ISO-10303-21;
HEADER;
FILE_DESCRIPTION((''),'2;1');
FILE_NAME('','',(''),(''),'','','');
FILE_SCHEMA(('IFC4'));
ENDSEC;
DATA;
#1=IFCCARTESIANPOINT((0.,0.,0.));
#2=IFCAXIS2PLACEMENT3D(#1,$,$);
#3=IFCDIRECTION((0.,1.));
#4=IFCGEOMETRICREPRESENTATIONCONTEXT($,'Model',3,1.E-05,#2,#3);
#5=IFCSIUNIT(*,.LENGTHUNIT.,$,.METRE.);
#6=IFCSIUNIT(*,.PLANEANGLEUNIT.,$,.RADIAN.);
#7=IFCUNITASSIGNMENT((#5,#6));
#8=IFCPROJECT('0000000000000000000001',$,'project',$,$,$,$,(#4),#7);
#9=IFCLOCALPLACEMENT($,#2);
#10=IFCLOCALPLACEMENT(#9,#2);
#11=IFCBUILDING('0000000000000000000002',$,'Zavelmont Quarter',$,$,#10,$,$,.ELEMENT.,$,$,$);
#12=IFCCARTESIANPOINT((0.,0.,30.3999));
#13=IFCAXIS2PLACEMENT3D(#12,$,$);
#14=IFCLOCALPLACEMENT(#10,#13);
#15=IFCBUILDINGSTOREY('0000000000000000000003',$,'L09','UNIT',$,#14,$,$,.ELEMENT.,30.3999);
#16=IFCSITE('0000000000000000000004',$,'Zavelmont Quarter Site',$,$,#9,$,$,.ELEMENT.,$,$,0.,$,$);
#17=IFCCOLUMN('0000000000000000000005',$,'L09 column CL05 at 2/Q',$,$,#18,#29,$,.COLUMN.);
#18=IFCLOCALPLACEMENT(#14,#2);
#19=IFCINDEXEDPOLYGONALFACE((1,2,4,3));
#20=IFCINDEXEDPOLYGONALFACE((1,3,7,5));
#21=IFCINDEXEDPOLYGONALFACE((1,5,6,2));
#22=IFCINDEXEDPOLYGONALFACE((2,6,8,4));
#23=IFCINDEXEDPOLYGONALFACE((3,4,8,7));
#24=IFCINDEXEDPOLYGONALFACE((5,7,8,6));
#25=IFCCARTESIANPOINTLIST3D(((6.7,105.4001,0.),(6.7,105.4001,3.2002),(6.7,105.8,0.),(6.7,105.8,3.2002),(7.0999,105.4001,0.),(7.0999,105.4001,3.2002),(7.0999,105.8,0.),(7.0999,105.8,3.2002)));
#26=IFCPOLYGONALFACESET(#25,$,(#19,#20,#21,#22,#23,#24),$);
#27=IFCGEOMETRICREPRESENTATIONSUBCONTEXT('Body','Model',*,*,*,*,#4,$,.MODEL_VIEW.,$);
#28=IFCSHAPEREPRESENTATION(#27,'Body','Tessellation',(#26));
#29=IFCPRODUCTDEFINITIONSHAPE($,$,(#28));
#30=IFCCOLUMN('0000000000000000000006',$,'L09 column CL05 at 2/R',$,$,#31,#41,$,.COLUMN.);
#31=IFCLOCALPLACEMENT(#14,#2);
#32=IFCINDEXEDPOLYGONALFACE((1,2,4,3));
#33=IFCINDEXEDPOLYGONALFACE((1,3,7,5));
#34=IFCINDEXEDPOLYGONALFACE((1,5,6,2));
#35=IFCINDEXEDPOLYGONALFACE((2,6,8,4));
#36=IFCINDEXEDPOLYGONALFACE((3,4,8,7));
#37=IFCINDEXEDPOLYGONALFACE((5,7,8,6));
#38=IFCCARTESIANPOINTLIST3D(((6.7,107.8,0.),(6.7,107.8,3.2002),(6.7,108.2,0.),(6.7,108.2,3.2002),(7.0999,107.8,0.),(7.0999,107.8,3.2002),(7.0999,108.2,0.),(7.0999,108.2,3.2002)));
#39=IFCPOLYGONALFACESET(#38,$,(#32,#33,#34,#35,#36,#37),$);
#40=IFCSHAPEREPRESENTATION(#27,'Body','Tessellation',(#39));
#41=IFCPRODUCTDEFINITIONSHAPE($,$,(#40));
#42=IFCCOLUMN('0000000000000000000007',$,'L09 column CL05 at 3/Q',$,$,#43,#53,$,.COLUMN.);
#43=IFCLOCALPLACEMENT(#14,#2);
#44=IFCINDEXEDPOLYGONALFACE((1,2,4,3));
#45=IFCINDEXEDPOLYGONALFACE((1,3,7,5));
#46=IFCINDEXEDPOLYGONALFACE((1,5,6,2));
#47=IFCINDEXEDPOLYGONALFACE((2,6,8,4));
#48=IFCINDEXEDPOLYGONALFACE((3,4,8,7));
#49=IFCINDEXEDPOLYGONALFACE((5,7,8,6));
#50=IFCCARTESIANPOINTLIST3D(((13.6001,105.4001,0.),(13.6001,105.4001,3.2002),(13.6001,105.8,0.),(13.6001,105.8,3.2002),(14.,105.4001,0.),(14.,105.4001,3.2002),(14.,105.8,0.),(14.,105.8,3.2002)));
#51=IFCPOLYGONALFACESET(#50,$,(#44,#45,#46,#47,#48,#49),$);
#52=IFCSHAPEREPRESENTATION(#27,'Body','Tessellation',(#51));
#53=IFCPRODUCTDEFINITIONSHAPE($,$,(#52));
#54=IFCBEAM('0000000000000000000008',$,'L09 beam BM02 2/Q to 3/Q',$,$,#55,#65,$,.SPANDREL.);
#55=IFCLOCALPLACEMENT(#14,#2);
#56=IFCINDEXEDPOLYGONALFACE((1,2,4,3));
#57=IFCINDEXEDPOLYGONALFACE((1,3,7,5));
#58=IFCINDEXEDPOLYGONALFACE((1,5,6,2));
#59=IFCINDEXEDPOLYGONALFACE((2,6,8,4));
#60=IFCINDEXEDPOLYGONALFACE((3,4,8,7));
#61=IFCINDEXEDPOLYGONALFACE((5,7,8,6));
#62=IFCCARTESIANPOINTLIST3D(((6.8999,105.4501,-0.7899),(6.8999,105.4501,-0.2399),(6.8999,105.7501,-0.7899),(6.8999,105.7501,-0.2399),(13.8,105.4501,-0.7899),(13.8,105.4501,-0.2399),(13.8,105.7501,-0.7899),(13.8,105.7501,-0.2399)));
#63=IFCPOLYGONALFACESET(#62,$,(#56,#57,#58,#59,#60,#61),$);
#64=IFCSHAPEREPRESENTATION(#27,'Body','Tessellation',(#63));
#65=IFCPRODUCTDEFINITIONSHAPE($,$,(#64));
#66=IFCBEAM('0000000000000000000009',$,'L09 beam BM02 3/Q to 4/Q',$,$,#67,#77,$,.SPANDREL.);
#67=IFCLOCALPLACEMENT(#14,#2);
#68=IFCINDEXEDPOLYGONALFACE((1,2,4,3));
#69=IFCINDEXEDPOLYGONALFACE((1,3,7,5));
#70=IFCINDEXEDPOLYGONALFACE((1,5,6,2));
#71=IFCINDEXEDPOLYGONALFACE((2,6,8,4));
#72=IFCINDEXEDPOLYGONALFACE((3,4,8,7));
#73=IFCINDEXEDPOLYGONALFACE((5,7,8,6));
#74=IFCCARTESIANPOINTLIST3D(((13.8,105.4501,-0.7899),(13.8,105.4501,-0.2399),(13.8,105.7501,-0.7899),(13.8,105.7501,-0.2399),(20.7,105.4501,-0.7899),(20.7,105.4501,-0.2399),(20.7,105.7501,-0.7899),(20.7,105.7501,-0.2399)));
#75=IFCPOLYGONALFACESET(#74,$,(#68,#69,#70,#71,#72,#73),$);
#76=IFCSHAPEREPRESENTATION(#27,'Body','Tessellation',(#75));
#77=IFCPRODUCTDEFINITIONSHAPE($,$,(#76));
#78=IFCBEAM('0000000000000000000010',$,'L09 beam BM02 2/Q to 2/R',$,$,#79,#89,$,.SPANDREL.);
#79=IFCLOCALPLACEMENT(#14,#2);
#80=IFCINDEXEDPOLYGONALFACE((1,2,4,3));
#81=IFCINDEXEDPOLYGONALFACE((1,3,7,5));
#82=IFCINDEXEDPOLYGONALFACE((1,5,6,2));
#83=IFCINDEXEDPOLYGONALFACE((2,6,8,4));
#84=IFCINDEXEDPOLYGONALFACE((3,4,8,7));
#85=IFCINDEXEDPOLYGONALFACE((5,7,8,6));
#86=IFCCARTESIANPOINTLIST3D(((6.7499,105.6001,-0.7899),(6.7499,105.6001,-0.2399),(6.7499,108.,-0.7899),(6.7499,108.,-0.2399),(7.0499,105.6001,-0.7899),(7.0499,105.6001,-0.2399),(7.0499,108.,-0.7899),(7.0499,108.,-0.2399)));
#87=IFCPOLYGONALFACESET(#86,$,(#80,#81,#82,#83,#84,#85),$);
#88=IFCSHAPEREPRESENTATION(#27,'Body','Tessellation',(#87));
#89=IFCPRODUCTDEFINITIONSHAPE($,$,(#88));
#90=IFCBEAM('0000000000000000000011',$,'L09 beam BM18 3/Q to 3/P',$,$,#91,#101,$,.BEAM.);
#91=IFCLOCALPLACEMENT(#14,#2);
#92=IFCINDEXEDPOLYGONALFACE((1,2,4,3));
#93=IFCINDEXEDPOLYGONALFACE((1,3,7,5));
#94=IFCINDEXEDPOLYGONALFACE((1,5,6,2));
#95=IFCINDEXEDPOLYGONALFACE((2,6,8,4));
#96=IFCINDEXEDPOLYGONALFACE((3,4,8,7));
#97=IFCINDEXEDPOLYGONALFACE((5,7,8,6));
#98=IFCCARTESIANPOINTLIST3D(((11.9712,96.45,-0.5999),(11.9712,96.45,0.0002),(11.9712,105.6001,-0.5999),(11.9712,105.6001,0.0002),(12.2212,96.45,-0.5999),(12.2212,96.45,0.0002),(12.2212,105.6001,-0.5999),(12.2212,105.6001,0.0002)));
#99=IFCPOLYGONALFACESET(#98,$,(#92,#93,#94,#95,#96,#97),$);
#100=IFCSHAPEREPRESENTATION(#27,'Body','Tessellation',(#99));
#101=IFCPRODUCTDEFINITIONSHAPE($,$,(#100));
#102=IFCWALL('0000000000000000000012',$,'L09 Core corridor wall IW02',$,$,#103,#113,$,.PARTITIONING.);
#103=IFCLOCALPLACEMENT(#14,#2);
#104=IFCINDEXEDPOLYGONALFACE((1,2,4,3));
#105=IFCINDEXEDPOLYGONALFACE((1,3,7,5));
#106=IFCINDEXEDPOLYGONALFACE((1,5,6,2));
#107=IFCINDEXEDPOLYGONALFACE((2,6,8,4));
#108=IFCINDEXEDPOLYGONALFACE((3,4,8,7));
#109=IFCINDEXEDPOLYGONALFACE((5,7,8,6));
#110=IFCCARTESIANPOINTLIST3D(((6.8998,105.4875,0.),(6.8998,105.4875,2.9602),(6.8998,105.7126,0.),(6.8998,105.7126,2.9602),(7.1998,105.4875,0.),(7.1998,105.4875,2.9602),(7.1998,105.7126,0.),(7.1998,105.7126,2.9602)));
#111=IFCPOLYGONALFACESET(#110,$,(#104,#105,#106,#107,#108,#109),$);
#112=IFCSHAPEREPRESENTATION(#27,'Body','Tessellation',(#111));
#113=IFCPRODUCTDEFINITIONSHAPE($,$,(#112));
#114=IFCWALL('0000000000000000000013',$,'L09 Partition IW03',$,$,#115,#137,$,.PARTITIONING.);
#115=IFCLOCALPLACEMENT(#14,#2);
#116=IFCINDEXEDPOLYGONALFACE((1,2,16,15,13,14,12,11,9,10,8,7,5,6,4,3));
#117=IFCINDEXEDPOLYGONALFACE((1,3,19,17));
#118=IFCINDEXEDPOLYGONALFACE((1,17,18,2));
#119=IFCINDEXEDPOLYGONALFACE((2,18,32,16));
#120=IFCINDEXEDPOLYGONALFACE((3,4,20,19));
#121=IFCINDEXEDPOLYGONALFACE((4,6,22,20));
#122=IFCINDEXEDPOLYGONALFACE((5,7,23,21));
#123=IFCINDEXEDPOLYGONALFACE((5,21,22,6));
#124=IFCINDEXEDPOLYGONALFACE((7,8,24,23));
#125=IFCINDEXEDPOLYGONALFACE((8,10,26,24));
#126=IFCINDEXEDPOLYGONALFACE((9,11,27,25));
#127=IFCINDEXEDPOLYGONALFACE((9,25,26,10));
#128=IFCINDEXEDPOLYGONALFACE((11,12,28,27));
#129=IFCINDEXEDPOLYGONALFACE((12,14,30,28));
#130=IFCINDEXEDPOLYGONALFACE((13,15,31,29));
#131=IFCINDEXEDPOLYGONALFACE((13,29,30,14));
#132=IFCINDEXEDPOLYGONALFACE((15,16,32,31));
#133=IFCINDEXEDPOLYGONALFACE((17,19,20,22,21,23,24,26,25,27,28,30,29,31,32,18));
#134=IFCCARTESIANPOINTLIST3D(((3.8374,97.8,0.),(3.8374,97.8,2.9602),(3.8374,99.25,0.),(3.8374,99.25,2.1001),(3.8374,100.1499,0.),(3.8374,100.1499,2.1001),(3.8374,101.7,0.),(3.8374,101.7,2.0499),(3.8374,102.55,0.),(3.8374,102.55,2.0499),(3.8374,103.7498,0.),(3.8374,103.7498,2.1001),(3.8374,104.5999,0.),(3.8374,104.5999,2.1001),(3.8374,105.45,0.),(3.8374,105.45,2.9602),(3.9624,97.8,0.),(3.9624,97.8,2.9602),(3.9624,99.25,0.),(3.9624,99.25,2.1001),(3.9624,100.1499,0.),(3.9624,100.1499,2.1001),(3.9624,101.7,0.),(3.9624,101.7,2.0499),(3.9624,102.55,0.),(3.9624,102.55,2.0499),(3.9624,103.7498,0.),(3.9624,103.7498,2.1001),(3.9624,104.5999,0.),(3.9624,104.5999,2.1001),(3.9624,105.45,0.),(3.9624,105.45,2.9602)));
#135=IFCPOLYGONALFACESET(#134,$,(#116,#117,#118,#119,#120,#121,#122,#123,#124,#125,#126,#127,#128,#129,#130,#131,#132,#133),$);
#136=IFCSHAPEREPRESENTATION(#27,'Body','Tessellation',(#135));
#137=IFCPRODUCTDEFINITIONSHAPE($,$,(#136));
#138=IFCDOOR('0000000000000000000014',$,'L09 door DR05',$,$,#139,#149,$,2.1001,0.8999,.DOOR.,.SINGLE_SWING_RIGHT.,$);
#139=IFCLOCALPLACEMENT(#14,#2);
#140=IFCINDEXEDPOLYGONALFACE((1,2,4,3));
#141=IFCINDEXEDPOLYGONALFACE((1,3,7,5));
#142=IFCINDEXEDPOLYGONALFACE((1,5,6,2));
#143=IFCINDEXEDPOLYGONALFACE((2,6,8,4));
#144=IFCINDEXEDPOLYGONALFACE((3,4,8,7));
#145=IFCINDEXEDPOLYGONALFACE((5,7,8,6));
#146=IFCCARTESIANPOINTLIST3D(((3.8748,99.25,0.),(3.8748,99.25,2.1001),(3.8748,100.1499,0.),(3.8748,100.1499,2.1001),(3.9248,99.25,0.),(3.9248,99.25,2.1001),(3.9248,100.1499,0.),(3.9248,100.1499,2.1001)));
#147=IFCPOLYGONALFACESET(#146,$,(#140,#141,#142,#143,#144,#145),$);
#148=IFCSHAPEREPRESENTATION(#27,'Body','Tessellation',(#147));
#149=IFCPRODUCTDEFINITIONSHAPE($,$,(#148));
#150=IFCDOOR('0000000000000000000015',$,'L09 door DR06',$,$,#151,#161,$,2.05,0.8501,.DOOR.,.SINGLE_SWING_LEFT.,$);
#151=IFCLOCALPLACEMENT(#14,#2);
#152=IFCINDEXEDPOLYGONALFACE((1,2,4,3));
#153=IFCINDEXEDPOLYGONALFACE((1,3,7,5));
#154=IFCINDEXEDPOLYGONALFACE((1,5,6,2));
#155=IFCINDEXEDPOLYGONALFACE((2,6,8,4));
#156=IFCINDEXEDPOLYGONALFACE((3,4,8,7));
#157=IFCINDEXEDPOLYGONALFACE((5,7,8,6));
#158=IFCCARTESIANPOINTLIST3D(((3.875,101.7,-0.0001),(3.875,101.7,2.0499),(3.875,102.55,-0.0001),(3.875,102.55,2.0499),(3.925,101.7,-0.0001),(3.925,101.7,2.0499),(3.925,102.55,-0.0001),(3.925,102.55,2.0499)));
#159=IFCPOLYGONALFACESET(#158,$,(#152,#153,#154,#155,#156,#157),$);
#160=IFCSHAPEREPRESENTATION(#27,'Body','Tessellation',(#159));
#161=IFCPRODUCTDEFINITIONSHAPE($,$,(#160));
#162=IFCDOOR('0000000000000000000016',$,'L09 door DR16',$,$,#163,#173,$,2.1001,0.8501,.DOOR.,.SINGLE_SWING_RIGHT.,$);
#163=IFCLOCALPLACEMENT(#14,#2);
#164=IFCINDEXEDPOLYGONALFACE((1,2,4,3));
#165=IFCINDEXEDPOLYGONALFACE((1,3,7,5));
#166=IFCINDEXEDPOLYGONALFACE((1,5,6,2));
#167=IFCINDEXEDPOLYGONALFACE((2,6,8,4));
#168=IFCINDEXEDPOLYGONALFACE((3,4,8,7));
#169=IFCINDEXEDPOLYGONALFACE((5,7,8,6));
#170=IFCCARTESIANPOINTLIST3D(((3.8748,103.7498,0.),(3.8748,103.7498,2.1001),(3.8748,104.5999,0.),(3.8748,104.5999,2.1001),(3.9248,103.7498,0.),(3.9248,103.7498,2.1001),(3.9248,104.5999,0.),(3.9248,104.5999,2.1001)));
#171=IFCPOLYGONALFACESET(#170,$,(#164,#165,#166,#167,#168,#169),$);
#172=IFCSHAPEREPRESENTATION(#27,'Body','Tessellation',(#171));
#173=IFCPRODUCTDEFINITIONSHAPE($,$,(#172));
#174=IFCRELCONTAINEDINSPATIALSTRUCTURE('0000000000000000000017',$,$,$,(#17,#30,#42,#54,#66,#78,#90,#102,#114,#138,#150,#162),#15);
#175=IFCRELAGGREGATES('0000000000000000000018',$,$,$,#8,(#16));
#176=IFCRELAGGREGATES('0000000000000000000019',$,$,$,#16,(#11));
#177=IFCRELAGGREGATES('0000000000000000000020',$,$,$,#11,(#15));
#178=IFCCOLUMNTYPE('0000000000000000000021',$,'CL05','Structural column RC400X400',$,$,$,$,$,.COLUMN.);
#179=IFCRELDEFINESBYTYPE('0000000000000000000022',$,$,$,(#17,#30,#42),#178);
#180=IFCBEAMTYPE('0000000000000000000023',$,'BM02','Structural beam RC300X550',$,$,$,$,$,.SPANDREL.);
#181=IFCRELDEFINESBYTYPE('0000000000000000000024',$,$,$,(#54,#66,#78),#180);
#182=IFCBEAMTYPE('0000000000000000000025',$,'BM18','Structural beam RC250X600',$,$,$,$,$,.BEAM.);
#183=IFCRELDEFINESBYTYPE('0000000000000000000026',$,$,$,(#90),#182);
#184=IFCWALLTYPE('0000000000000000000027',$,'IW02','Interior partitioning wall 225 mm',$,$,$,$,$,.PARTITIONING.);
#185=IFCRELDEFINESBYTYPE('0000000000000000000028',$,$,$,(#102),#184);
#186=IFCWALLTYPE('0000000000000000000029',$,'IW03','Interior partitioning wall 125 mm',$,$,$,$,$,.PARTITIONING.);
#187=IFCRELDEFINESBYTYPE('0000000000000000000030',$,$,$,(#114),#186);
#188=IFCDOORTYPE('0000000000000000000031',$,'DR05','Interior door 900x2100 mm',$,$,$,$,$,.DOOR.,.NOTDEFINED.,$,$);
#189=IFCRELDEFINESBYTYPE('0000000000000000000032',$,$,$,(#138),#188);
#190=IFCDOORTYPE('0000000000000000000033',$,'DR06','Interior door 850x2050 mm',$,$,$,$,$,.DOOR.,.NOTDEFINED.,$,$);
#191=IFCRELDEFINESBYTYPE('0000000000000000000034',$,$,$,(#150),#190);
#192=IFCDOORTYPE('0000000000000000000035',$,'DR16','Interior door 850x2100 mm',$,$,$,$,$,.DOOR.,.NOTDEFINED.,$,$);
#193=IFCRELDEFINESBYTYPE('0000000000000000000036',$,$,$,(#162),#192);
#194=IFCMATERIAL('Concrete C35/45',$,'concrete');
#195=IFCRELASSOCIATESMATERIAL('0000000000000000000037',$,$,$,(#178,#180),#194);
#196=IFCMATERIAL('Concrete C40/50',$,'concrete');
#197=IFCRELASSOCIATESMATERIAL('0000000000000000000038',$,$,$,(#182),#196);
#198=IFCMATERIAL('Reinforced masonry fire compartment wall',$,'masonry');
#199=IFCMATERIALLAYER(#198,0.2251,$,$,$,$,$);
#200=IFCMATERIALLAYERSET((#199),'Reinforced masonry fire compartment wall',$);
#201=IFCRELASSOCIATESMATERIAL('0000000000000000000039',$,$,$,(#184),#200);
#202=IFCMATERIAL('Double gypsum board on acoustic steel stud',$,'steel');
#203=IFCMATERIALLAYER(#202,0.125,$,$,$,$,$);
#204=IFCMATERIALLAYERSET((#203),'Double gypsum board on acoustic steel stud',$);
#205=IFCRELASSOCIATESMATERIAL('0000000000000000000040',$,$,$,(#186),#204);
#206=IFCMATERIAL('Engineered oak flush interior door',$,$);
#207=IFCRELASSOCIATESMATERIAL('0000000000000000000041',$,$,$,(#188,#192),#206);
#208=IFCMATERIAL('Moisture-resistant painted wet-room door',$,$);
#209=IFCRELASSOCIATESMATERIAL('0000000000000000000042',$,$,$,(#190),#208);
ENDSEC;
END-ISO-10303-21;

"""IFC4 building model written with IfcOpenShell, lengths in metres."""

from ifc_helpers import new_model, si_unit, direction, frame, frame_2d, origin, origin_with_axes, origin_2d, place, context, subcontext, project, spatial, rectangle, extrude, material, layer, layer_set, material_profile, profile_set, type_object, element, fill, save


model = new_model("IFC4")

# Units and contexts
model_context = context("Model", 3, precision=1e-05, world=origin(), true_north=direction((0.0, 1.0)))
body_context = subcontext(model_context, "Body", "Model", "MODEL_VIEW")
ifc_project = project(units=[si_unit("LENGTHUNIT", "METRE"), si_unit("PLANEANGLEUNIT", "RADIAN")], contexts=[model_context])

# Site, building, storey
site_placement = place(None, origin())
site = spatial("IfcSite", under=ifc_project, at=site_placement, Name="Zavelmont Quarter Site", CompositionType="ELEMENT", RefElevation=0.0)
building_placement = place(site_placement, origin())
building = spatial("IfcBuilding", under=site, at=building_placement, Name="Zavelmont Quarter", CompositionType="ELEMENT")
storey_placement = place(building_placement, frame((0.0, 0.0, 30.3999)))
storey = spatial("IfcBuildingStorey", under=building, at=storey_placement, Name="L09", Description="UNIT", CompositionType="ELEMENT", Elevation=30.3999)

# Columns
ifc_material_1 = material(Name="Concrete C35/45", Category="concrete")
ifc_material_profile_1 = material_profile(ifc_material_1, rectangle(XDim=0.3999, YDim=0.3999, at=origin_2d()), Name="RC400X400")
ifc_profile_set_1 = profile_set([ifc_material_profile_1], Name="Concrete C35/45")
column_type = type_object("IfcColumnType", Name="CL05", Description="Structural column RC400X400", PredefinedType="COLUMN", material=ifc_profile_set_1)
for number, where, z_axis, x_axis, name in (
    (1, (6.8999, 105.6001, 0.0), (0.0, 0.0, 1.0), (1.0, 0.0, 0.0), "L09 column CL05 at 2/Q"),
    (2, (6.8999, 108.0, 0.0), (0.0, 0.0, 1.0), (1.0, 0.0, 0.0), "L09 column CL05 at 2/R"),
    (3, (13.8, 105.6001, 0.0), (0.0, 0.0, 1.0), (1.0, 0.0, 0.0), "L09 column CL05 at 3/Q"),
):
    element("IfcColumn", number, at=place(storey_placement, frame(where, z_axis=z_axis, x_axis=x_axis)), inside=storey, type_object=column_type, Name=name, PredefinedType="COLUMN", context=body_context, shape_type="SweptSolid", body=[
        extrude(rectangle(XDim=0.3999, YDim=0.3999, at=origin_2d()), origin(), (0.0, 0.0, 1.0), 3.2002),
    ])

# Beams
ifc_material_profile_2 = material_profile(ifc_material_1, rectangle(XDim=0.3, YDim=0.55, at=origin_2d()), Name="RC300X550")
ifc_profile_set_2 = profile_set([ifc_material_profile_2], Name="Concrete C35/45")
beam_type_1 = type_object("IfcBeamType", Name="BM02", Description="Structural beam RC300X550", PredefinedType="SPANDREL", material=ifc_profile_set_2)
beam_1_placement = place(storey_placement, frame((6.8999, 105.6001, -0.5149), z_axis=(1.0, 0.0, 0.0), x_axis=(0.0, 1.0, 0.0)))
element("IfcBeam", 4, at=beam_1_placement, inside=storey, type_object=beam_type_1, Name="L09 beam BM02 2/Q to 3/Q", PredefinedType="SPANDREL", context=body_context, shape_type="SweptSolid", body=[
    extrude(rectangle(XDim=0.3, YDim=0.55, at=origin_2d()), origin(), (0.0, 0.0, 1.0), 6.9001),
])
beam_2_placement = place(storey_placement, frame((13.8, 105.6001, -0.5149), z_axis=(1.0, 0.0, 0.0), x_axis=(0.0, 1.0, 0.0)))
element("IfcBeam", 5, at=beam_2_placement, inside=storey, type_object=beam_type_1, Name="L09 beam BM02 3/Q to 4/Q", PredefinedType="SPANDREL", context=body_context, shape_type="SweptSolid", body=[
    extrude(rectangle(XDim=0.3, YDim=0.55, at=origin_2d()), origin(), (0.0, 0.0, 1.0), 6.8999),
])
beam_3_placement = place(storey_placement, frame((6.8999, 105.6001, -0.5149), z_axis=(0.0, 1.0, 0.0), x_axis=(-1.0, 0.0, 0.0)))
element("IfcBeam", 6, at=beam_3_placement, inside=storey, type_object=beam_type_1, Name="L09 beam BM02 2/Q to 2/R", PredefinedType="SPANDREL", context=body_context, shape_type="SweptSolid", body=[
    extrude(rectangle(XDim=0.3, YDim=0.55, at=origin_2d()), origin(), (0.0, 0.0, 1.0), 2.3999),
])
ifc_material_2 = material(Name="Concrete C40/50", Category="concrete")
ifc_material_profile_3 = material_profile(ifc_material_2, rectangle(XDim=0.25, YDim=0.6001, at=origin_2d()), Name="RC250X600")
ifc_profile_set_3 = profile_set([ifc_material_profile_3], Name="Concrete C40/50")
beam_type_2 = type_object("IfcBeamType", Name="BM18", Description="Structural beam RC250X600", PredefinedType="BEAM", material=ifc_profile_set_3)
beam_4_placement = place(storey_placement, frame((12.0962, 105.6001, -0.2998), z_axis=(0.0, -1.0, 0.0), x_axis=(1.0, 0.0, 0.0)))
element("IfcBeam", 7, at=beam_4_placement, inside=storey, type_object=beam_type_2, Name="L09 beam BM18 3/Q to 3/P", PredefinedType="BEAM", context=body_context, shape_type="SweptSolid", body=[
    extrude(rectangle(XDim=0.25, YDim=0.6001, at=origin_2d()), origin(), (0.0, 0.0, 1.0), 9.1501),
])

# Wall
ifc_material_3 = material(Name="Reinforced masonry fire compartment wall", Category="masonry")
ifc_layer_1 = layer(ifc_material_3, 0.2251)
ifc_layer_set_1 = layer_set([ifc_layer_1], Name="Reinforced masonry fire compartment wall")
wall_type_1 = type_object("IfcWallType", Name="IW02", Description="Interior partitioning wall 225 mm", PredefinedType="PARTITIONING", material=ifc_layer_set_1)
wall_1_placement = place(storey_placement, frame((6.8999, 105.6001, 0.0), z_axis=(0.0, 0.0, 1.0), x_axis=(1.0, 0.0, 0.0)))
element("IfcWall", 8, at=wall_1_placement, inside=storey, type_object=wall_type_1, Name="L09 Core corridor wall IW02", PredefinedType="PARTITIONING", context=body_context, shape_type="SweptSolid", body=[
    extrude(rectangle(XDim=0.3, YDim=0.2251, at=frame_2d((0.1499, 0.0))), origin(), (0.0, 0.0, 1.0), 2.9602),
])

# Wall, openings, doors
ifc_material_4 = material(Name="Double gypsum board on acoustic steel stud", Category="steel")
ifc_layer_2 = layer(ifc_material_4, 0.125)
ifc_layer_set_2 = layer_set([ifc_layer_2], Name="Double gypsum board on acoustic steel stud")
wall_type_2 = type_object("IfcWallType", Name="IW03", Description="Interior partitioning wall 125 mm", PredefinedType="PARTITIONING", material=ifc_layer_set_2)
wall_2_placement = place(storey_placement, frame((3.8999, 105.45, 0.0), z_axis=(0.0, 0.0, 1.0), x_axis=(0.0, -1.0, 0.0)))
wall_2 = element("IfcWall", 9, at=wall_2_placement, inside=storey, type_object=wall_type_2, Name="L09 Partition IW03", PredefinedType="PARTITIONING", context=body_context, shape_type="SweptSolid", body=[
    extrude(rectangle(XDim=7.6499, YDim=0.125, at=frame_2d((3.825, 0.0))), origin(), (0.0, 0.0, 1.0), 2.9602),
])
opening_1_placement = place(wall_2_placement, frame((0.8501, 0.0, 0.0)))
opening_1 = element("IfcOpeningElement", 10, at=opening_1_placement, cuts=wall_2, PredefinedType="OPENING", context=body_context, shape_type="SweptSolid", body=[
    extrude(rectangle(XDim=0.8501, YDim=2.1001, at=frame_2d((0.425, 1.05))), frame((0.0, 0.0745, 0.0), z_axis=(0.0, -1.0, 0.0), x_axis=(1.0, 0.0, 0.0)), (0.0, 0.0, 1.0), 0.1489),
])
opening_2_placement = place(wall_2_placement, frame((2.8999, 0.0, 0.0)))
opening_2 = element("IfcOpeningElement", 11, at=opening_2_placement, cuts=wall_2, PredefinedType="OPENING", context=body_context, shape_type="SweptSolid", body=[
    extrude(rectangle(XDim=0.8501, YDim=2.05, at=frame_2d((0.425, 1.0249))), frame((0.0, 0.0745, 0.0), z_axis=(0.0, -1.0, 0.0), x_axis=(1.0, 0.0, 0.0)), (0.0, 0.0, 1.0), 0.1489),
])
opening_3_placement = place(wall_2_placement, frame((5.3, 0.0, 0.0)))
opening_3 = element("IfcOpeningElement", 12, at=opening_3_placement, cuts=wall_2, PredefinedType="OPENING", context=body_context, shape_type="SweptSolid", body=[
    extrude(rectangle(XDim=0.8999, YDim=2.1001, at=frame_2d((0.45, 1.05))), frame((0.0, 0.0745, 0.0), z_axis=(0.0, -1.0, 0.0), x_axis=(1.0, 0.0, 0.0)), (0.0, 0.0, 1.0), 0.1489),
])
ifc_material_5 = material(Name="Engineered oak flush interior door")
door_type_1 = type_object("IfcDoorType", Name="DR05", Description="Interior door 900x2100 mm", OperationType="NOTDEFINED", PredefinedType="DOOR", material=ifc_material_5)
door_1_placement = place(opening_3_placement, origin_with_axes())
door_1 = element("IfcDoor", 13, at=door_1_placement, inside=storey, type_object=door_type_1, Name="L09 door DR05", OperationType="SINGLE_SWING_RIGHT", OverallHeight=2.1001, OverallWidth=0.8999, PredefinedType="DOOR", context=body_context, shape_type="SweptSolid", body=[
    extrude(rectangle(XDim=0.8999, YDim=2.1001, at=frame_2d((0.45, 1.05))), frame((0.0, 0.0249, 0.0), z_axis=(0.0, -1.0, 0.0), x_axis=(1.0, 0.0, 0.0)), (0.0, 0.0, 1.0), 0.05),
])
fill(opening_3, door_1)
ifc_material_6 = material(Name="Moisture-resistant painted wet-room door")
door_type_2 = type_object("IfcDoorType", Name="DR06", Description="Interior door 850x2050 mm", OperationType="NOTDEFINED", PredefinedType="DOOR", material=ifc_material_6)
door_2_placement = place(opening_2_placement, frame((0.8501, 0.0, 0.0), z_axis=(0.0, 0.0, 1.0), x_axis=(-1.0, 0.0, 0.0)))
door_2 = element("IfcDoor", 14, at=door_2_placement, inside=storey, type_object=door_type_2, Name="L09 door DR06", OperationType="SINGLE_SWING_LEFT", OverallHeight=2.05, OverallWidth=0.8501, PredefinedType="DOOR", context=body_context, shape_type="SweptSolid", body=[
    extrude(rectangle(XDim=0.8501, YDim=2.05, at=frame_2d((0.425, 1.0249))), frame((0.0, 0.0249, 0.0), z_axis=(0.0, -1.0, 0.0), x_axis=(1.0, 0.0, 0.0)), (0.0, 0.0, 1.0), 0.05),
])
fill(opening_2, door_2)
door_type_3 = type_object("IfcDoorType", Name="DR16", Description="Interior door 850x2100 mm", OperationType="NOTDEFINED", PredefinedType="DOOR", material=ifc_material_5)
door_3_placement = place(opening_1_placement, origin_with_axes())
door_3 = element("IfcDoor", 15, at=door_3_placement, inside=storey, type_object=door_type_3, Name="L09 door DR16", OperationType="SINGLE_SWING_RIGHT", OverallHeight=2.1001, OverallWidth=0.8501, PredefinedType="DOOR", context=body_context, shape_type="SweptSolid", body=[
    extrude(rectangle(XDim=0.8501, YDim=2.1001, at=frame_2d((0.425, 1.05))), frame((0.0, 0.0249, 0.0), z_axis=(0.0, -1.0, 0.0), x_axis=(1.0, 0.0, 0.0)), (0.0, 0.0, 1.0), 0.05),
])
fill(opening_1, door_3)

save(model, "model.ifc")
